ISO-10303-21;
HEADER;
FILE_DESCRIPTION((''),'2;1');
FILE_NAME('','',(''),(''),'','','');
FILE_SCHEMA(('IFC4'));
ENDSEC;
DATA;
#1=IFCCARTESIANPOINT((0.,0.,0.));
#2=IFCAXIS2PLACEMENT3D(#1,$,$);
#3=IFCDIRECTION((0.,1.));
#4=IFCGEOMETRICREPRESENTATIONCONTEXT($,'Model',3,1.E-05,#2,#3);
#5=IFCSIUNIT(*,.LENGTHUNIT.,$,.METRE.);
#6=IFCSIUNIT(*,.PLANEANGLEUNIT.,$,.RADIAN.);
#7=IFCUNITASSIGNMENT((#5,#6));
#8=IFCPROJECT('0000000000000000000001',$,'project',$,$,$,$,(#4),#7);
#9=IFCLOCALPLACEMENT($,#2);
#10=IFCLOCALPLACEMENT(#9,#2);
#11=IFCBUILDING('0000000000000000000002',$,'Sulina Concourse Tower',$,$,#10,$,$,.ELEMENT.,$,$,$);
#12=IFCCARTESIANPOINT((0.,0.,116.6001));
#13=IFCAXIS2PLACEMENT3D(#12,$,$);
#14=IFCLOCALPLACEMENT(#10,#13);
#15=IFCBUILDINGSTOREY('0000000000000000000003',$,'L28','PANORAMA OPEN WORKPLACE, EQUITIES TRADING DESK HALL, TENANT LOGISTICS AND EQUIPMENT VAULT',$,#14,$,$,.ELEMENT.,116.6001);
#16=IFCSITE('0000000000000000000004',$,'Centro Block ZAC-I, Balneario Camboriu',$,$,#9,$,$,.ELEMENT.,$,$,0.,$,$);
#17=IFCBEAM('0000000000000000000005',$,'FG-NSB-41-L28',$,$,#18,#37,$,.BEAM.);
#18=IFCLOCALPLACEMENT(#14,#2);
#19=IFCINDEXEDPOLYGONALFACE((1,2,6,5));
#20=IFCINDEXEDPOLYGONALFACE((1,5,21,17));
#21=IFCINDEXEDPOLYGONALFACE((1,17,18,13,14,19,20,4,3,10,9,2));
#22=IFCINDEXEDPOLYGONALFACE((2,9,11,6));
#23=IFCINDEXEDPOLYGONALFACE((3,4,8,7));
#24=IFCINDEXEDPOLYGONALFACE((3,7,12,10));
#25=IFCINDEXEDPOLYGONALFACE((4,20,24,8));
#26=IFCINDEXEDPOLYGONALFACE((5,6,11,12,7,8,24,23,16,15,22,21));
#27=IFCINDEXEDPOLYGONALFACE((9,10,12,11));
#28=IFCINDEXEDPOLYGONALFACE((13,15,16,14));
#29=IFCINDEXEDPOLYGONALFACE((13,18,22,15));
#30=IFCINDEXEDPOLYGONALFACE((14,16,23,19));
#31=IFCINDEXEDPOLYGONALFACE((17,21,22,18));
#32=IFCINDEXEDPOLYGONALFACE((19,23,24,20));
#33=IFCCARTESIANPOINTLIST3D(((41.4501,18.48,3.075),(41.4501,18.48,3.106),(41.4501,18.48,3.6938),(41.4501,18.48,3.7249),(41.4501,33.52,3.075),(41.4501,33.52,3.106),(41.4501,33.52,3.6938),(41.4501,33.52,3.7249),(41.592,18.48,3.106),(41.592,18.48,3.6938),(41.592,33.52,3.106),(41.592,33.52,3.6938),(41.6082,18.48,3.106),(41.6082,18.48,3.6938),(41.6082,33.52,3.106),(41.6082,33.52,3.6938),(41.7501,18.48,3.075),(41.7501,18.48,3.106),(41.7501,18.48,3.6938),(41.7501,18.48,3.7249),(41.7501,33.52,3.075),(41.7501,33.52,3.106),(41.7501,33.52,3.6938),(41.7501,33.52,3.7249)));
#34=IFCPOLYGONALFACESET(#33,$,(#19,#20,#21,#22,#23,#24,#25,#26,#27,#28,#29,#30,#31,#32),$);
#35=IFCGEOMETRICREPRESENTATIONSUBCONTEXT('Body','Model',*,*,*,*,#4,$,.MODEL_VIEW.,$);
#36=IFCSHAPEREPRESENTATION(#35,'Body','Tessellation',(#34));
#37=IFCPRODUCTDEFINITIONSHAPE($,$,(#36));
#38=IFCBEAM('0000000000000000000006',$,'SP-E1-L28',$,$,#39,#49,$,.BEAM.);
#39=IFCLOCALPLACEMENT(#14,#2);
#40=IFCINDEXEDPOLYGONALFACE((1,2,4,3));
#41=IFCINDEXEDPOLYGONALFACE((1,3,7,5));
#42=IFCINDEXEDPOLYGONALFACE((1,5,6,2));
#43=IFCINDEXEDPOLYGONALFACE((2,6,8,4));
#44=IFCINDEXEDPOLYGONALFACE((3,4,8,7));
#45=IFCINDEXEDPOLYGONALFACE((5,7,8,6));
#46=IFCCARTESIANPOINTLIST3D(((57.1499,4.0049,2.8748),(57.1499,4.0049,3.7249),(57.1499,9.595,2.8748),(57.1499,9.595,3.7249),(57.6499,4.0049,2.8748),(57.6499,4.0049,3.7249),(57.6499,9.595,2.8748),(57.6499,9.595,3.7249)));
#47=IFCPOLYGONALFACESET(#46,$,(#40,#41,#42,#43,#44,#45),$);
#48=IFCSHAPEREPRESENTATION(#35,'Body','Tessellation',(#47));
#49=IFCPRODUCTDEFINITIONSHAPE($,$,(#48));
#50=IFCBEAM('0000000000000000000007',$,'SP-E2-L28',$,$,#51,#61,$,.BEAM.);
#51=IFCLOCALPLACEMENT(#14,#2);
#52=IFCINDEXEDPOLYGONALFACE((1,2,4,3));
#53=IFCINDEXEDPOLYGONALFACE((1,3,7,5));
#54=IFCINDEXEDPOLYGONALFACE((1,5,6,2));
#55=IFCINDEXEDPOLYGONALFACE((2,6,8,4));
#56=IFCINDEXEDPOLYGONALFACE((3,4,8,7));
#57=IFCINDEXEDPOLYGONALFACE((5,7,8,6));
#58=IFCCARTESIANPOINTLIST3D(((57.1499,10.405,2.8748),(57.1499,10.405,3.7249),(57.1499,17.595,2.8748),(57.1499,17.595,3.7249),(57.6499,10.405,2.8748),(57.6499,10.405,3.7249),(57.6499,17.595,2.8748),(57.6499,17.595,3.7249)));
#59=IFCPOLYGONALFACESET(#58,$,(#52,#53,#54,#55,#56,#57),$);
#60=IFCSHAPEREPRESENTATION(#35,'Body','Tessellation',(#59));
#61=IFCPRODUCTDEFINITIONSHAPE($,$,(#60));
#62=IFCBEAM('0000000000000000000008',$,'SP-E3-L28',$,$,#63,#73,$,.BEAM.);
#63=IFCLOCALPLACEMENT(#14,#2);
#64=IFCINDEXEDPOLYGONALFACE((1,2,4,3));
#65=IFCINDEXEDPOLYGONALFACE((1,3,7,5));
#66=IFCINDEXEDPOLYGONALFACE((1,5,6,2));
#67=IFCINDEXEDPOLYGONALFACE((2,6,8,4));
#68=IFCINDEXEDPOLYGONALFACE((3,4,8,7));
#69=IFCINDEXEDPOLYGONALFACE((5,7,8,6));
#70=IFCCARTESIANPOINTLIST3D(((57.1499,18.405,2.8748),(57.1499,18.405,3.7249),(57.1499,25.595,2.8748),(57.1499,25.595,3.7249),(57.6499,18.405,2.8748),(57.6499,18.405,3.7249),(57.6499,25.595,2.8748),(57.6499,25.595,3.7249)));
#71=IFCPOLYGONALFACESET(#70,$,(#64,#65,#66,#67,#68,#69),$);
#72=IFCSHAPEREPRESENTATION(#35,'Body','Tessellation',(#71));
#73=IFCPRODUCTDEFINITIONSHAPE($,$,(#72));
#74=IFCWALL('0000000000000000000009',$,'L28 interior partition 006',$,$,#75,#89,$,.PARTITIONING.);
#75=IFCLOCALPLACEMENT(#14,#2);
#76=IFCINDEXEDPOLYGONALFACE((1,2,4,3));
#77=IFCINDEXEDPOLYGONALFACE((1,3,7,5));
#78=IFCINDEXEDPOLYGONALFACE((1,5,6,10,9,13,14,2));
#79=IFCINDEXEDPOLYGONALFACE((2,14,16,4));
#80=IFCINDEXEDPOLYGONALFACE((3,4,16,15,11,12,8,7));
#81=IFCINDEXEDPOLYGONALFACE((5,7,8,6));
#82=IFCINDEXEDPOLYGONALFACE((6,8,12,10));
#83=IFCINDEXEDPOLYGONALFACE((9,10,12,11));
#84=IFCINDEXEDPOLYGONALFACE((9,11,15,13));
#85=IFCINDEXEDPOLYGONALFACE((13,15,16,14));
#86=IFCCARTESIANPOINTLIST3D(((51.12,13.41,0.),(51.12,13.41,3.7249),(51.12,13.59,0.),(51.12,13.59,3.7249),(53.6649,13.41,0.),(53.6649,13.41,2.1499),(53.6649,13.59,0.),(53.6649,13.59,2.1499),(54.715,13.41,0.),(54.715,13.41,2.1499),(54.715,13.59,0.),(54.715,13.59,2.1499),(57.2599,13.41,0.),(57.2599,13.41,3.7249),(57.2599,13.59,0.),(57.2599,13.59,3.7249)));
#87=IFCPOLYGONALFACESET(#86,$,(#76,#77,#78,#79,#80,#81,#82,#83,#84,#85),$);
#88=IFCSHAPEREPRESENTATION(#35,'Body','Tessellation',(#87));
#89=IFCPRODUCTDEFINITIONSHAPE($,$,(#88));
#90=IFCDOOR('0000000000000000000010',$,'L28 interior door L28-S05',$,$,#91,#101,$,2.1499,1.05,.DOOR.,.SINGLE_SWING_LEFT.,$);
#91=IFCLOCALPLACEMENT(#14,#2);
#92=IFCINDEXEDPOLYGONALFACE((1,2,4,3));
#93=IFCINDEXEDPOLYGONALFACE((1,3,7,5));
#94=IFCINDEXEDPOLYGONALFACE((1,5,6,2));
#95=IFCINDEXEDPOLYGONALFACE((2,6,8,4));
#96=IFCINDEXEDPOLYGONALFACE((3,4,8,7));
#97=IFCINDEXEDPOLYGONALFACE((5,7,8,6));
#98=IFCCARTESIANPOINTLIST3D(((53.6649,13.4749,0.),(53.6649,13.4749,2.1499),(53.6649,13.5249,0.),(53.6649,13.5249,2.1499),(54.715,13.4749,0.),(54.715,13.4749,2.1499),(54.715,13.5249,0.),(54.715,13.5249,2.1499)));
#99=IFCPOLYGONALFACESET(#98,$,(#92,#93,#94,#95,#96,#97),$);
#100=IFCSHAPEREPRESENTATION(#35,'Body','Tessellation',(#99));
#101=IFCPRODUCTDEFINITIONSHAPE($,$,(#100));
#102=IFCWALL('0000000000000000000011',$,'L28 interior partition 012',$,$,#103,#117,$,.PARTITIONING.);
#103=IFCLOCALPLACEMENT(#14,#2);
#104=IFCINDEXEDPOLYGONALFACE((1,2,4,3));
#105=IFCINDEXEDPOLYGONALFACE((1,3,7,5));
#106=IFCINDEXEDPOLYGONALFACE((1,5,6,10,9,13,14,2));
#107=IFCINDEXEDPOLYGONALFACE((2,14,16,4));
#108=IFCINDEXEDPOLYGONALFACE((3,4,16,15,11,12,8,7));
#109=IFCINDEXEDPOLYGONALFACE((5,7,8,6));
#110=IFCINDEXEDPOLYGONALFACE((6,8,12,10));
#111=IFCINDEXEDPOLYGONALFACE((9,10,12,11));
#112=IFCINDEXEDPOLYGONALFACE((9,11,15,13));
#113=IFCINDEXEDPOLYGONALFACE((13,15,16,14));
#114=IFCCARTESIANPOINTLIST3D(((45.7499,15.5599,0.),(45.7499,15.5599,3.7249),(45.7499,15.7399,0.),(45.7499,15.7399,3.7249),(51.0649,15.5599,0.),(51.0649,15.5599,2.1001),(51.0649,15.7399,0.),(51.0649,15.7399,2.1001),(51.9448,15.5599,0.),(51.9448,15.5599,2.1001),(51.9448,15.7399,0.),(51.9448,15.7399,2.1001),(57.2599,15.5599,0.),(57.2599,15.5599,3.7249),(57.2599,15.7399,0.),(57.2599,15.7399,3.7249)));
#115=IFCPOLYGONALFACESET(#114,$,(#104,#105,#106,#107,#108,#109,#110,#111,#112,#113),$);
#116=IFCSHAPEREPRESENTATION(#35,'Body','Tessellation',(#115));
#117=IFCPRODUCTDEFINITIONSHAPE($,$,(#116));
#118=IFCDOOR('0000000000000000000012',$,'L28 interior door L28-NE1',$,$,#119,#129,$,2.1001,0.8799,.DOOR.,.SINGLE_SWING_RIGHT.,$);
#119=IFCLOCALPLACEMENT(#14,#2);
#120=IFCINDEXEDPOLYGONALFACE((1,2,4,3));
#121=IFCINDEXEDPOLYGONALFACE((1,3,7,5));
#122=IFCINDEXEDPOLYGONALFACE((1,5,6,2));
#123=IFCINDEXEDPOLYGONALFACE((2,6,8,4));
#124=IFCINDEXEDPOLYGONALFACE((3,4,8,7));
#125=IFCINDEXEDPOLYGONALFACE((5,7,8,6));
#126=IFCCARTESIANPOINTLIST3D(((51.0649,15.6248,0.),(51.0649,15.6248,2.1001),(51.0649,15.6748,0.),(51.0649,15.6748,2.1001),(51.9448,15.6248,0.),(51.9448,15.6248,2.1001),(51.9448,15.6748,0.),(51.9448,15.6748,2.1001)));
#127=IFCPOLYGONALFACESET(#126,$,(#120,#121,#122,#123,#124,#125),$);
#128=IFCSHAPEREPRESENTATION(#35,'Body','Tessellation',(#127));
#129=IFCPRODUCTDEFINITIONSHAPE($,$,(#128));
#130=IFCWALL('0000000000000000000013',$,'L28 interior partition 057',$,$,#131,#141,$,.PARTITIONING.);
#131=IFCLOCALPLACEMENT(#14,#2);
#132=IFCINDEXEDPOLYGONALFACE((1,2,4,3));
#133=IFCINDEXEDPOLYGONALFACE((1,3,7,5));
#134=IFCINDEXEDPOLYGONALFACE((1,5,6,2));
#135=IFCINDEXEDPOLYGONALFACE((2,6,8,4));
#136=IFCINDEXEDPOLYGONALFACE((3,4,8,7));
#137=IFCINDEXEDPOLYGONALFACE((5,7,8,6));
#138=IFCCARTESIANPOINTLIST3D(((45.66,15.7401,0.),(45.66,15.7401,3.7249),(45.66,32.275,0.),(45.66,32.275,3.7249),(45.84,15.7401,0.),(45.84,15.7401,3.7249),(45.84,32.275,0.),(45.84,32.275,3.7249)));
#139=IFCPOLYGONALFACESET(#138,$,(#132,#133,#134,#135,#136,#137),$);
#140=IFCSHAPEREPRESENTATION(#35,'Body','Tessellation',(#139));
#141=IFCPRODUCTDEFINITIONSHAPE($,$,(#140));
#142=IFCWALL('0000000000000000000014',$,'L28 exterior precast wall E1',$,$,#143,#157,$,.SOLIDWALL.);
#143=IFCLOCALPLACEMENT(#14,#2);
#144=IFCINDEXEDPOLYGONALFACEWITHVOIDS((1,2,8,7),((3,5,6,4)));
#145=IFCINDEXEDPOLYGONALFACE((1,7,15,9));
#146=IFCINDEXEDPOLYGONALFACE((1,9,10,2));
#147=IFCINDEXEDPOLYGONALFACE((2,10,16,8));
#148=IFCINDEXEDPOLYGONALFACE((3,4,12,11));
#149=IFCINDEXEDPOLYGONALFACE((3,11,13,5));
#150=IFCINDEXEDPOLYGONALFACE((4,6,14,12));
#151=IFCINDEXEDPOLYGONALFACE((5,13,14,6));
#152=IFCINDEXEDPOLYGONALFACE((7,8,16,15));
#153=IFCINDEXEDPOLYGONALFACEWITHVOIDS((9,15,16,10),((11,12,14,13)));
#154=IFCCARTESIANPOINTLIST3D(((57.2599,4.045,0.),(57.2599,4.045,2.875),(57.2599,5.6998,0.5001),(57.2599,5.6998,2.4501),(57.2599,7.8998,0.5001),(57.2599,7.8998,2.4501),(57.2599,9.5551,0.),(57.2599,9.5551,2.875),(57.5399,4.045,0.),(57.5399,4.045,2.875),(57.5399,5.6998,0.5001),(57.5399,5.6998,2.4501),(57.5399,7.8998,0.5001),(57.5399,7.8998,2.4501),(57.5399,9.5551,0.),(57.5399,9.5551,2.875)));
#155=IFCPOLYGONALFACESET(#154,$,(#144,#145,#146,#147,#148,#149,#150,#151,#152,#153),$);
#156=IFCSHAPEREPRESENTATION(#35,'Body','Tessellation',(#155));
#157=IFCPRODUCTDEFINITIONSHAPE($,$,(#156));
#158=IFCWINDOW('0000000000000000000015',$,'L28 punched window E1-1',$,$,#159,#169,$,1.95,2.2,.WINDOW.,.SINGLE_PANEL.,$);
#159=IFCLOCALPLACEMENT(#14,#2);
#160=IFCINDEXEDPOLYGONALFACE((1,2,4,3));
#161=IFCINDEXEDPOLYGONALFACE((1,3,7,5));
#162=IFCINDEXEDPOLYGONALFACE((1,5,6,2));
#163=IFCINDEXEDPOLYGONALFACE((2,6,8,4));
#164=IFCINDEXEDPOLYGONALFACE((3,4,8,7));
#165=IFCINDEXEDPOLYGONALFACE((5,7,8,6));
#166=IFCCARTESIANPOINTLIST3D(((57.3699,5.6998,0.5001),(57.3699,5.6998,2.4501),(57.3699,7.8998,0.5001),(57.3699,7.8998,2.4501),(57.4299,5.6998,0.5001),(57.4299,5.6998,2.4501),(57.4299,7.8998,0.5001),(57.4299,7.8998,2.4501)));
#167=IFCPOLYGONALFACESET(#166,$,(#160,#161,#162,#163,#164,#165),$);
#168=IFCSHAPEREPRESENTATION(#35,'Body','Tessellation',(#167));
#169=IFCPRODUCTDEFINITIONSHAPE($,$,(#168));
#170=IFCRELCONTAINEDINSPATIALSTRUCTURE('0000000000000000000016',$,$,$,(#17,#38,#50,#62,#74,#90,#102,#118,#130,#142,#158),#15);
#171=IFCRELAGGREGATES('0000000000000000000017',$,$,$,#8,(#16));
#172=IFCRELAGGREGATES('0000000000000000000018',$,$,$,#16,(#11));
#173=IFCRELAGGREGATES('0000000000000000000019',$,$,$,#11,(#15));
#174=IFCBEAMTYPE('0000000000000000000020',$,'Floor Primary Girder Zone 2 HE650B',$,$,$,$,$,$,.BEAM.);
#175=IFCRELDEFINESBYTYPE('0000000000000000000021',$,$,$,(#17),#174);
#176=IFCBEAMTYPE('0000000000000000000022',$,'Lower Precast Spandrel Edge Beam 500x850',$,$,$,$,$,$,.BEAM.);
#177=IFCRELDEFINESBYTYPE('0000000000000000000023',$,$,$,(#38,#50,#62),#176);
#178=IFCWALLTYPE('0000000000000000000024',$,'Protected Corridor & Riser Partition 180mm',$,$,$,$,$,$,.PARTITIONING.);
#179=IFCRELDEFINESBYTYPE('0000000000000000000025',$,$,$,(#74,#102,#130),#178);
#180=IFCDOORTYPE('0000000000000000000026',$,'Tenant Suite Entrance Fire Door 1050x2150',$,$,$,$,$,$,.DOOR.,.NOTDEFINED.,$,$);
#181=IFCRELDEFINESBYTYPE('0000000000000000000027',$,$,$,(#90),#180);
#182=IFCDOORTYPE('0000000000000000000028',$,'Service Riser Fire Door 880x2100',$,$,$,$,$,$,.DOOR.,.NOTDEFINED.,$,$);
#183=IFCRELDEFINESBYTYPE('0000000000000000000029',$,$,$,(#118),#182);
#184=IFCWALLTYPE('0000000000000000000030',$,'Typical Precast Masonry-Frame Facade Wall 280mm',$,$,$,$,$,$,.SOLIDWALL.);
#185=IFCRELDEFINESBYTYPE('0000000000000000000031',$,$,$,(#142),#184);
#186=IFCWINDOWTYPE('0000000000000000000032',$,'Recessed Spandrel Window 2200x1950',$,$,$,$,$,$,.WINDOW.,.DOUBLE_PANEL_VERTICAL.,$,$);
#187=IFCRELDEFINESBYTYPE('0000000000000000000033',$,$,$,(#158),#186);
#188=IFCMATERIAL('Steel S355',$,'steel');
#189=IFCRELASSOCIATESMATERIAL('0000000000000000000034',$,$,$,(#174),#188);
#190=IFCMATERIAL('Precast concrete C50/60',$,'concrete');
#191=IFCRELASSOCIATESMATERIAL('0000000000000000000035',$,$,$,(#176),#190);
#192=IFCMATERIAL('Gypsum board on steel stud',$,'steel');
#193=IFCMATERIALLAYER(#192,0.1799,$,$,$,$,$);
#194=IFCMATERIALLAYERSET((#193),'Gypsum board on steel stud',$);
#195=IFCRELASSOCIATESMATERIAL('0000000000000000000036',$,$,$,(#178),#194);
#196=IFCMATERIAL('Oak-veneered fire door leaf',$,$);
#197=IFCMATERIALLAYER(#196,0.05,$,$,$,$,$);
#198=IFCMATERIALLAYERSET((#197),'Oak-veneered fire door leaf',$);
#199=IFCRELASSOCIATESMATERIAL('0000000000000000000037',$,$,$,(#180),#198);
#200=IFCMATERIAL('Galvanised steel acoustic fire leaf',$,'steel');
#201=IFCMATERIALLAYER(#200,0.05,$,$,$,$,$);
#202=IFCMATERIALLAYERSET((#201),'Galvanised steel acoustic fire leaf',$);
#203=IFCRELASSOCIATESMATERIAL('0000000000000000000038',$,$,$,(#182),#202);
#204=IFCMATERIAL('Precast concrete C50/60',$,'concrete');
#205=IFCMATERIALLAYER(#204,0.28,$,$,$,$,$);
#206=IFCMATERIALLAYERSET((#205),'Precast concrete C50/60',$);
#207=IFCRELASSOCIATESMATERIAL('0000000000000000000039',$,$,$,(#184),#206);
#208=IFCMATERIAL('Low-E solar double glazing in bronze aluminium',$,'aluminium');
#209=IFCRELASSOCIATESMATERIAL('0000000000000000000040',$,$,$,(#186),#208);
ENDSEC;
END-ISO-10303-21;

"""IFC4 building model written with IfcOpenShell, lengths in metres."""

from ifc_helpers import new_model, si_unit, direction, frame, frame_2d, origin, origin_2d, place, context, subcontext, project, spatial, rectangle, i_section, extrude, material, layer, layer_set, material_profile, profile_set, type_object, element, fill, save


model = new_model("IFC4")

# Units and contexts
model_context = context("Model", 3, precision=1e-05, world=origin(), true_north=direction((0.0, 1.0)))
body_context = subcontext(model_context, "Body", "Model", "MODEL_VIEW")
ifc_project = project(units=[si_unit("LENGTHUNIT", "METRE"), si_unit("PLANEANGLEUNIT", "RADIAN")], contexts=[model_context])

# Site, building, storey
site_placement = place(None, origin())
site = spatial("IfcSite", under=ifc_project, at=site_placement, Name="Centro Block ZAC-I, Balneario Camboriu", CompositionType="ELEMENT", RefElevation=0.0)
building_placement = place(site_placement, origin())
building = spatial("IfcBuilding", under=site, at=building_placement, Name="Sulina Concourse Tower", CompositionType="ELEMENT")
storey_placement = place(building_placement, frame((0.0, 0.0, 116.6001)))
storey = spatial("IfcBuildingStorey", under=building, at=storey_placement, Name="L28", Description="PANORAMA OPEN WORKPLACE, EQUITIES TRADING DESK HALL, TENANT LOGISTICS AND EQUIPMENT VAULT", CompositionType="ELEMENT", Elevation=116.6001)

# Beams
ifc_material_1 = material(Name="Steel S355", Category="steel")
ifc_material_profile_1 = material_profile(ifc_material_1, i_section(OverallWidth=0.3, OverallDepth=0.6499, WebThickness=0.0161, FlangeThickness=0.031, at=origin_2d()), Name="HE 650 B")
ifc_profile_set_1 = profile_set([ifc_material_profile_1], Name="Steel S355")
beam_type_1 = type_object("IfcBeamType", Name="Floor Primary Girder Zone 2 HE650B", PredefinedType="BEAM", material=ifc_profile_set_1)
beam_1_placement = place(storey_placement, frame((41.6001, 18.48, 3.3999), z_axis=(0.0, 1.0, 0.0), x_axis=(-1.0, 0.0, 0.0)))
element("IfcBeam", 1, at=beam_1_placement, inside=storey, type_object=beam_type_1, Name="FG-NSB-41-L28", PredefinedType="BEAM", context=body_context, shape_type="SweptSolid", body=[
    extrude(i_section(OverallWidth=0.3, OverallDepth=0.6499, WebThickness=0.0161, FlangeThickness=0.031, at=origin_2d()), origin(), (0.0, 0.0, 1.0), 15.04),
])
ifc_material_2 = material(Name="Precast concrete C50/60", Category="concrete")
ifc_material_profile_2 = material_profile(ifc_material_2, rectangle(XDim=0.5, YDim=0.8501, at=origin_2d()), Name="RC 500x850")
ifc_profile_set_2 = profile_set([ifc_material_profile_2], Name="Precast concrete C50/60")
beam_type_2 = type_object("IfcBeamType", Name="Lower Precast Spandrel Edge Beam 500x850", PredefinedType="BEAM", material=ifc_profile_set_2)
beam_2_placement = place(storey_placement, frame((57.3999, 4.0049, 3.2998), z_axis=(0.0, 1.0, 0.0), x_axis=(-1.0, 0.0, 0.0)))
element("IfcBeam", 2, at=beam_2_placement, inside=storey, type_object=beam_type_2, Name="SP-E1-L28", PredefinedType="BEAM", context=body_context, shape_type="SweptSolid", body=[
    extrude(rectangle(XDim=0.5, YDim=0.8501, at=origin_2d()), origin(), (0.0, 0.0, 1.0), 5.5901),
])
for number, where, z_axis, x_axis, name in (
    (3, (57.3999, 10.405, 3.2998), (0.0, 1.0, 0.0), (-1.0, 0.0, 0.0), "SP-E2-L28"),
    (4, (57.3999, 18.405, 3.2998), (0.0, 1.0, 0.0), (-1.0, 0.0, 0.0), "SP-E3-L28"),
):
    element("IfcBeam", number, at=place(storey_placement, frame(where, z_axis=z_axis, x_axis=x_axis)), inside=storey, type_object=beam_type_2, Name=name, PredefinedType="BEAM", context=body_context, shape_type="SweptSolid", body=[
        extrude(rectangle(XDim=0.5, YDim=0.8501, at=origin_2d()), origin(), (0.0, 0.0, 1.0), 7.1899),
    ])

# Walls, openings, doors
ifc_material_3 = material(Name="Gypsum board on steel stud", Category="steel")
ifc_layer_1 = layer(ifc_material_3, 0.1799)
ifc_layer_set_1 = layer_set([ifc_layer_1], Name="Gypsum board on steel stud")
wall_type_1 = type_object("IfcWallType", Name="Protected Corridor & Riser Partition 180mm", PredefinedType="PARTITIONING", material=ifc_layer_set_1)
wall_1_placement = place(storey_placement, frame((51.1201, 13.5, 0.0), z_axis=(0.0, 0.0, 1.0), x_axis=(1.0, 0.0, 0.0)))
wall_1 = element("IfcWall", 5, at=wall_1_placement, inside=storey, type_object=wall_type_1, Name="L28 interior partition 006", PredefinedType="PARTITIONING", context=body_context, shape_type="SweptSolid", body=[
    extrude(rectangle(XDim=6.1399, YDim=0.1799, at=frame_2d((3.0698, 0.0))), origin(), (0.0, 0.0, 1.0), 3.7249),
])
opening_1_placement = place(wall_1_placement, frame((2.5449, 0.0, 0.0)))
opening_1 = element("IfcOpeningElement", 6, at=opening_1_placement, cuts=wall_1, PredefinedType="OPENING", context=body_context, shape_type="SweptSolid", body=[
    extrude(rectangle(XDim=1.05, YDim=2.1499, at=frame_2d((0.5249, 1.075))), frame((0.0, 0.0999, 0.0), z_axis=(0.0, -1.0, 0.0), x_axis=(1.0, 0.0, 0.0)), (0.0, 0.0, 1.0), 0.2),
])
ifc_material_4 = material(Name="Oak-veneered fire door leaf")
ifc_layer_2 = layer(ifc_material_4, 0.05)
ifc_layer_set_2 = layer_set([ifc_layer_2], Name="Oak-veneered fire door leaf")
door_type_1 = type_object("IfcDoorType", Name="Tenant Suite Entrance Fire Door 1050x2150", OperationType="NOTDEFINED", PredefinedType="DOOR", material=ifc_layer_set_2)
door_1_placement = place(opening_1_placement, origin())
door_1 = element("IfcDoor", 7, at=door_1_placement, inside=storey, type_object=door_type_1, Name="L28 interior door L28-S05", OperationType="SINGLE_SWING_LEFT", OverallHeight=2.1499, OverallWidth=1.05, PredefinedType="DOOR", context=body_context, shape_type="SweptSolid", body=[
    extrude(rectangle(XDim=1.05, YDim=2.1499, at=frame_2d((0.5249, 1.075))), frame((0.0, 0.0249, 0.0), z_axis=(0.0, -1.0, 0.0), x_axis=(1.0, 0.0, 0.0)), (0.0, 0.0, 1.0), 0.05),
])
fill(opening_1, door_1)
wall_2_placement = place(storey_placement, frame((45.75, 15.6499, 0.0), z_axis=(0.0, 0.0, 1.0), x_axis=(1.0, 0.0, 0.0)))
wall_2 = element("IfcWall", 8, at=wall_2_placement, inside=storey, type_object=wall_type_1, Name="L28 interior partition 012", PredefinedType="PARTITIONING", context=body_context, shape_type="SweptSolid", body=[
    extrude(rectangle(XDim=11.51, YDim=0.1799, at=frame_2d((5.7549, 0.0))), origin(), (0.0, 0.0, 1.0), 3.7249),
])
opening_2_placement = place(wall_2_placement, frame((5.3149, 0.0, 0.0)))
opening_2 = element("IfcOpeningElement", 9, at=opening_2_placement, cuts=wall_2, PredefinedType="OPENING", context=body_context, shape_type="SweptSolid", body=[
    extrude(rectangle(XDim=0.8799, YDim=2.1001, at=frame_2d((0.4399, 1.05))), frame((0.0, 0.0999, 0.0), z_axis=(0.0, -1.0, 0.0), x_axis=(1.0, 0.0, 0.0)), (0.0, 0.0, 1.0), 0.2),
])
ifc_material_5 = material(Name="Galvanised steel acoustic fire leaf", Category="steel")
ifc_layer_3 = layer(ifc_material_5, 0.05)
ifc_layer_set_3 = layer_set([ifc_layer_3], Name="Galvanised steel acoustic fire leaf")
door_type_2 = type_object("IfcDoorType", Name="Service Riser Fire Door 880x2100", OperationType="NOTDEFINED", PredefinedType="DOOR", material=ifc_layer_set_3)
door_2_placement = place(opening_2_placement, origin())
door_2 = element("IfcDoor", 10, at=door_2_placement, inside=storey, type_object=door_type_2, Name="L28 interior door L28-NE1", OperationType="SINGLE_SWING_RIGHT", OverallHeight=2.1001, OverallWidth=0.8799, PredefinedType="DOOR", context=body_context, shape_type="SweptSolid", body=[
    extrude(rectangle(XDim=0.8799, YDim=2.1001, at=frame_2d((0.4399, 1.05))), frame((0.0, 0.0249, 0.0), z_axis=(0.0, -1.0, 0.0), x_axis=(1.0, 0.0, 0.0)), (0.0, 0.0, 1.0), 0.05),
])
fill(opening_2, door_2)

# Wall
wall_3_placement = place(storey_placement, frame((45.75, 15.74, 0.0), z_axis=(0.0, 0.0, 1.0), x_axis=(0.0, 1.0, 0.0)))
element("IfcWall", 11, at=wall_3_placement, inside=storey, type_object=wall_type_1, Name="L28 interior partition 057", PredefinedType="PARTITIONING", context=body_context, shape_type="SweptSolid", body=[
    extrude(rectangle(XDim=16.5349, YDim=0.1799, at=frame_2d((8.2676, 0.0))), origin(), (0.0, 0.0, 1.0), 3.7249),
])

# Wall, opening, window
ifc_material_6 = material(Name="Precast concrete C50/60", Category="concrete")
ifc_layer_4 = layer(ifc_material_6, 0.28)
ifc_layer_set_4 = layer_set([ifc_layer_4], Name="Precast concrete C50/60")
wall_type_2 = type_object("IfcWallType", Name="Typical Precast Masonry-Frame Facade Wall 280mm", PredefinedType="SOLIDWALL", material=ifc_layer_set_4)
wall_4_placement = place(storey_placement, frame((57.3999, 9.5549, 0.0), z_axis=(0.0, 0.0, 1.0), x_axis=(0.0, -1.0, 0.0)))
wall_4 = element("IfcWall", 12, at=wall_4_placement, inside=storey, type_object=wall_type_2, Name="L28 exterior precast wall E1", PredefinedType="SOLIDWALL", context=body_context, shape_type="SweptSolid", body=[
    extrude(rectangle(XDim=5.51, YDim=0.28, at=frame_2d((2.7549, 0.0))), origin(), (0.0, 0.0, 1.0), 2.875),
])
opening_3_placement = place(wall_4_placement, frame((1.655, 0.0, 0.5)))
opening_3 = element("IfcOpeningElement", 13, at=opening_3_placement, cuts=wall_4, PredefinedType="OPENING", context=body_context, shape_type="SweptSolid", body=[
    extrude(rectangle(XDim=2.2, YDim=1.95, at=frame_2d((1.1001, 0.9751))), frame((0.0, 0.1499, 0.0), z_axis=(0.0, -1.0, 0.0), x_axis=(1.0, 0.0, 0.0)), (0.0, 0.0, 1.0), 0.3),
])
ifc_material_7 = material(Name="Low-E solar double glazing in bronze aluminium", Category="aluminium")
window_type = type_object("IfcWindowType", Name="Recessed Spandrel Window 2200x1950", PartitioningType="DOUBLE_PANEL_VERTICAL", PredefinedType="WINDOW", material=ifc_material_7)
window_placement = place(opening_3_placement, origin())
window = element("IfcWindow", 14, at=window_placement, inside=storey, type_object=window_type, Name="L28 punched window E1-1", OverallHeight=1.95, OverallWidth=2.2, PartitioningType="SINGLE_PANEL", PredefinedType="WINDOW", context=body_context, shape_type="SweptSolid", body=[
    extrude(rectangle(XDim=2.2, YDim=1.95, at=frame_2d((1.1001, 0.9751))), frame((0.0, 0.03, 0.0), z_axis=(0.0, -1.0, 0.0), x_axis=(1.0, 0.0, 0.0)), (0.0, 0.0, 1.0), 0.0601),
])
fill(opening_3, window)

save(model, "model.ifc")
